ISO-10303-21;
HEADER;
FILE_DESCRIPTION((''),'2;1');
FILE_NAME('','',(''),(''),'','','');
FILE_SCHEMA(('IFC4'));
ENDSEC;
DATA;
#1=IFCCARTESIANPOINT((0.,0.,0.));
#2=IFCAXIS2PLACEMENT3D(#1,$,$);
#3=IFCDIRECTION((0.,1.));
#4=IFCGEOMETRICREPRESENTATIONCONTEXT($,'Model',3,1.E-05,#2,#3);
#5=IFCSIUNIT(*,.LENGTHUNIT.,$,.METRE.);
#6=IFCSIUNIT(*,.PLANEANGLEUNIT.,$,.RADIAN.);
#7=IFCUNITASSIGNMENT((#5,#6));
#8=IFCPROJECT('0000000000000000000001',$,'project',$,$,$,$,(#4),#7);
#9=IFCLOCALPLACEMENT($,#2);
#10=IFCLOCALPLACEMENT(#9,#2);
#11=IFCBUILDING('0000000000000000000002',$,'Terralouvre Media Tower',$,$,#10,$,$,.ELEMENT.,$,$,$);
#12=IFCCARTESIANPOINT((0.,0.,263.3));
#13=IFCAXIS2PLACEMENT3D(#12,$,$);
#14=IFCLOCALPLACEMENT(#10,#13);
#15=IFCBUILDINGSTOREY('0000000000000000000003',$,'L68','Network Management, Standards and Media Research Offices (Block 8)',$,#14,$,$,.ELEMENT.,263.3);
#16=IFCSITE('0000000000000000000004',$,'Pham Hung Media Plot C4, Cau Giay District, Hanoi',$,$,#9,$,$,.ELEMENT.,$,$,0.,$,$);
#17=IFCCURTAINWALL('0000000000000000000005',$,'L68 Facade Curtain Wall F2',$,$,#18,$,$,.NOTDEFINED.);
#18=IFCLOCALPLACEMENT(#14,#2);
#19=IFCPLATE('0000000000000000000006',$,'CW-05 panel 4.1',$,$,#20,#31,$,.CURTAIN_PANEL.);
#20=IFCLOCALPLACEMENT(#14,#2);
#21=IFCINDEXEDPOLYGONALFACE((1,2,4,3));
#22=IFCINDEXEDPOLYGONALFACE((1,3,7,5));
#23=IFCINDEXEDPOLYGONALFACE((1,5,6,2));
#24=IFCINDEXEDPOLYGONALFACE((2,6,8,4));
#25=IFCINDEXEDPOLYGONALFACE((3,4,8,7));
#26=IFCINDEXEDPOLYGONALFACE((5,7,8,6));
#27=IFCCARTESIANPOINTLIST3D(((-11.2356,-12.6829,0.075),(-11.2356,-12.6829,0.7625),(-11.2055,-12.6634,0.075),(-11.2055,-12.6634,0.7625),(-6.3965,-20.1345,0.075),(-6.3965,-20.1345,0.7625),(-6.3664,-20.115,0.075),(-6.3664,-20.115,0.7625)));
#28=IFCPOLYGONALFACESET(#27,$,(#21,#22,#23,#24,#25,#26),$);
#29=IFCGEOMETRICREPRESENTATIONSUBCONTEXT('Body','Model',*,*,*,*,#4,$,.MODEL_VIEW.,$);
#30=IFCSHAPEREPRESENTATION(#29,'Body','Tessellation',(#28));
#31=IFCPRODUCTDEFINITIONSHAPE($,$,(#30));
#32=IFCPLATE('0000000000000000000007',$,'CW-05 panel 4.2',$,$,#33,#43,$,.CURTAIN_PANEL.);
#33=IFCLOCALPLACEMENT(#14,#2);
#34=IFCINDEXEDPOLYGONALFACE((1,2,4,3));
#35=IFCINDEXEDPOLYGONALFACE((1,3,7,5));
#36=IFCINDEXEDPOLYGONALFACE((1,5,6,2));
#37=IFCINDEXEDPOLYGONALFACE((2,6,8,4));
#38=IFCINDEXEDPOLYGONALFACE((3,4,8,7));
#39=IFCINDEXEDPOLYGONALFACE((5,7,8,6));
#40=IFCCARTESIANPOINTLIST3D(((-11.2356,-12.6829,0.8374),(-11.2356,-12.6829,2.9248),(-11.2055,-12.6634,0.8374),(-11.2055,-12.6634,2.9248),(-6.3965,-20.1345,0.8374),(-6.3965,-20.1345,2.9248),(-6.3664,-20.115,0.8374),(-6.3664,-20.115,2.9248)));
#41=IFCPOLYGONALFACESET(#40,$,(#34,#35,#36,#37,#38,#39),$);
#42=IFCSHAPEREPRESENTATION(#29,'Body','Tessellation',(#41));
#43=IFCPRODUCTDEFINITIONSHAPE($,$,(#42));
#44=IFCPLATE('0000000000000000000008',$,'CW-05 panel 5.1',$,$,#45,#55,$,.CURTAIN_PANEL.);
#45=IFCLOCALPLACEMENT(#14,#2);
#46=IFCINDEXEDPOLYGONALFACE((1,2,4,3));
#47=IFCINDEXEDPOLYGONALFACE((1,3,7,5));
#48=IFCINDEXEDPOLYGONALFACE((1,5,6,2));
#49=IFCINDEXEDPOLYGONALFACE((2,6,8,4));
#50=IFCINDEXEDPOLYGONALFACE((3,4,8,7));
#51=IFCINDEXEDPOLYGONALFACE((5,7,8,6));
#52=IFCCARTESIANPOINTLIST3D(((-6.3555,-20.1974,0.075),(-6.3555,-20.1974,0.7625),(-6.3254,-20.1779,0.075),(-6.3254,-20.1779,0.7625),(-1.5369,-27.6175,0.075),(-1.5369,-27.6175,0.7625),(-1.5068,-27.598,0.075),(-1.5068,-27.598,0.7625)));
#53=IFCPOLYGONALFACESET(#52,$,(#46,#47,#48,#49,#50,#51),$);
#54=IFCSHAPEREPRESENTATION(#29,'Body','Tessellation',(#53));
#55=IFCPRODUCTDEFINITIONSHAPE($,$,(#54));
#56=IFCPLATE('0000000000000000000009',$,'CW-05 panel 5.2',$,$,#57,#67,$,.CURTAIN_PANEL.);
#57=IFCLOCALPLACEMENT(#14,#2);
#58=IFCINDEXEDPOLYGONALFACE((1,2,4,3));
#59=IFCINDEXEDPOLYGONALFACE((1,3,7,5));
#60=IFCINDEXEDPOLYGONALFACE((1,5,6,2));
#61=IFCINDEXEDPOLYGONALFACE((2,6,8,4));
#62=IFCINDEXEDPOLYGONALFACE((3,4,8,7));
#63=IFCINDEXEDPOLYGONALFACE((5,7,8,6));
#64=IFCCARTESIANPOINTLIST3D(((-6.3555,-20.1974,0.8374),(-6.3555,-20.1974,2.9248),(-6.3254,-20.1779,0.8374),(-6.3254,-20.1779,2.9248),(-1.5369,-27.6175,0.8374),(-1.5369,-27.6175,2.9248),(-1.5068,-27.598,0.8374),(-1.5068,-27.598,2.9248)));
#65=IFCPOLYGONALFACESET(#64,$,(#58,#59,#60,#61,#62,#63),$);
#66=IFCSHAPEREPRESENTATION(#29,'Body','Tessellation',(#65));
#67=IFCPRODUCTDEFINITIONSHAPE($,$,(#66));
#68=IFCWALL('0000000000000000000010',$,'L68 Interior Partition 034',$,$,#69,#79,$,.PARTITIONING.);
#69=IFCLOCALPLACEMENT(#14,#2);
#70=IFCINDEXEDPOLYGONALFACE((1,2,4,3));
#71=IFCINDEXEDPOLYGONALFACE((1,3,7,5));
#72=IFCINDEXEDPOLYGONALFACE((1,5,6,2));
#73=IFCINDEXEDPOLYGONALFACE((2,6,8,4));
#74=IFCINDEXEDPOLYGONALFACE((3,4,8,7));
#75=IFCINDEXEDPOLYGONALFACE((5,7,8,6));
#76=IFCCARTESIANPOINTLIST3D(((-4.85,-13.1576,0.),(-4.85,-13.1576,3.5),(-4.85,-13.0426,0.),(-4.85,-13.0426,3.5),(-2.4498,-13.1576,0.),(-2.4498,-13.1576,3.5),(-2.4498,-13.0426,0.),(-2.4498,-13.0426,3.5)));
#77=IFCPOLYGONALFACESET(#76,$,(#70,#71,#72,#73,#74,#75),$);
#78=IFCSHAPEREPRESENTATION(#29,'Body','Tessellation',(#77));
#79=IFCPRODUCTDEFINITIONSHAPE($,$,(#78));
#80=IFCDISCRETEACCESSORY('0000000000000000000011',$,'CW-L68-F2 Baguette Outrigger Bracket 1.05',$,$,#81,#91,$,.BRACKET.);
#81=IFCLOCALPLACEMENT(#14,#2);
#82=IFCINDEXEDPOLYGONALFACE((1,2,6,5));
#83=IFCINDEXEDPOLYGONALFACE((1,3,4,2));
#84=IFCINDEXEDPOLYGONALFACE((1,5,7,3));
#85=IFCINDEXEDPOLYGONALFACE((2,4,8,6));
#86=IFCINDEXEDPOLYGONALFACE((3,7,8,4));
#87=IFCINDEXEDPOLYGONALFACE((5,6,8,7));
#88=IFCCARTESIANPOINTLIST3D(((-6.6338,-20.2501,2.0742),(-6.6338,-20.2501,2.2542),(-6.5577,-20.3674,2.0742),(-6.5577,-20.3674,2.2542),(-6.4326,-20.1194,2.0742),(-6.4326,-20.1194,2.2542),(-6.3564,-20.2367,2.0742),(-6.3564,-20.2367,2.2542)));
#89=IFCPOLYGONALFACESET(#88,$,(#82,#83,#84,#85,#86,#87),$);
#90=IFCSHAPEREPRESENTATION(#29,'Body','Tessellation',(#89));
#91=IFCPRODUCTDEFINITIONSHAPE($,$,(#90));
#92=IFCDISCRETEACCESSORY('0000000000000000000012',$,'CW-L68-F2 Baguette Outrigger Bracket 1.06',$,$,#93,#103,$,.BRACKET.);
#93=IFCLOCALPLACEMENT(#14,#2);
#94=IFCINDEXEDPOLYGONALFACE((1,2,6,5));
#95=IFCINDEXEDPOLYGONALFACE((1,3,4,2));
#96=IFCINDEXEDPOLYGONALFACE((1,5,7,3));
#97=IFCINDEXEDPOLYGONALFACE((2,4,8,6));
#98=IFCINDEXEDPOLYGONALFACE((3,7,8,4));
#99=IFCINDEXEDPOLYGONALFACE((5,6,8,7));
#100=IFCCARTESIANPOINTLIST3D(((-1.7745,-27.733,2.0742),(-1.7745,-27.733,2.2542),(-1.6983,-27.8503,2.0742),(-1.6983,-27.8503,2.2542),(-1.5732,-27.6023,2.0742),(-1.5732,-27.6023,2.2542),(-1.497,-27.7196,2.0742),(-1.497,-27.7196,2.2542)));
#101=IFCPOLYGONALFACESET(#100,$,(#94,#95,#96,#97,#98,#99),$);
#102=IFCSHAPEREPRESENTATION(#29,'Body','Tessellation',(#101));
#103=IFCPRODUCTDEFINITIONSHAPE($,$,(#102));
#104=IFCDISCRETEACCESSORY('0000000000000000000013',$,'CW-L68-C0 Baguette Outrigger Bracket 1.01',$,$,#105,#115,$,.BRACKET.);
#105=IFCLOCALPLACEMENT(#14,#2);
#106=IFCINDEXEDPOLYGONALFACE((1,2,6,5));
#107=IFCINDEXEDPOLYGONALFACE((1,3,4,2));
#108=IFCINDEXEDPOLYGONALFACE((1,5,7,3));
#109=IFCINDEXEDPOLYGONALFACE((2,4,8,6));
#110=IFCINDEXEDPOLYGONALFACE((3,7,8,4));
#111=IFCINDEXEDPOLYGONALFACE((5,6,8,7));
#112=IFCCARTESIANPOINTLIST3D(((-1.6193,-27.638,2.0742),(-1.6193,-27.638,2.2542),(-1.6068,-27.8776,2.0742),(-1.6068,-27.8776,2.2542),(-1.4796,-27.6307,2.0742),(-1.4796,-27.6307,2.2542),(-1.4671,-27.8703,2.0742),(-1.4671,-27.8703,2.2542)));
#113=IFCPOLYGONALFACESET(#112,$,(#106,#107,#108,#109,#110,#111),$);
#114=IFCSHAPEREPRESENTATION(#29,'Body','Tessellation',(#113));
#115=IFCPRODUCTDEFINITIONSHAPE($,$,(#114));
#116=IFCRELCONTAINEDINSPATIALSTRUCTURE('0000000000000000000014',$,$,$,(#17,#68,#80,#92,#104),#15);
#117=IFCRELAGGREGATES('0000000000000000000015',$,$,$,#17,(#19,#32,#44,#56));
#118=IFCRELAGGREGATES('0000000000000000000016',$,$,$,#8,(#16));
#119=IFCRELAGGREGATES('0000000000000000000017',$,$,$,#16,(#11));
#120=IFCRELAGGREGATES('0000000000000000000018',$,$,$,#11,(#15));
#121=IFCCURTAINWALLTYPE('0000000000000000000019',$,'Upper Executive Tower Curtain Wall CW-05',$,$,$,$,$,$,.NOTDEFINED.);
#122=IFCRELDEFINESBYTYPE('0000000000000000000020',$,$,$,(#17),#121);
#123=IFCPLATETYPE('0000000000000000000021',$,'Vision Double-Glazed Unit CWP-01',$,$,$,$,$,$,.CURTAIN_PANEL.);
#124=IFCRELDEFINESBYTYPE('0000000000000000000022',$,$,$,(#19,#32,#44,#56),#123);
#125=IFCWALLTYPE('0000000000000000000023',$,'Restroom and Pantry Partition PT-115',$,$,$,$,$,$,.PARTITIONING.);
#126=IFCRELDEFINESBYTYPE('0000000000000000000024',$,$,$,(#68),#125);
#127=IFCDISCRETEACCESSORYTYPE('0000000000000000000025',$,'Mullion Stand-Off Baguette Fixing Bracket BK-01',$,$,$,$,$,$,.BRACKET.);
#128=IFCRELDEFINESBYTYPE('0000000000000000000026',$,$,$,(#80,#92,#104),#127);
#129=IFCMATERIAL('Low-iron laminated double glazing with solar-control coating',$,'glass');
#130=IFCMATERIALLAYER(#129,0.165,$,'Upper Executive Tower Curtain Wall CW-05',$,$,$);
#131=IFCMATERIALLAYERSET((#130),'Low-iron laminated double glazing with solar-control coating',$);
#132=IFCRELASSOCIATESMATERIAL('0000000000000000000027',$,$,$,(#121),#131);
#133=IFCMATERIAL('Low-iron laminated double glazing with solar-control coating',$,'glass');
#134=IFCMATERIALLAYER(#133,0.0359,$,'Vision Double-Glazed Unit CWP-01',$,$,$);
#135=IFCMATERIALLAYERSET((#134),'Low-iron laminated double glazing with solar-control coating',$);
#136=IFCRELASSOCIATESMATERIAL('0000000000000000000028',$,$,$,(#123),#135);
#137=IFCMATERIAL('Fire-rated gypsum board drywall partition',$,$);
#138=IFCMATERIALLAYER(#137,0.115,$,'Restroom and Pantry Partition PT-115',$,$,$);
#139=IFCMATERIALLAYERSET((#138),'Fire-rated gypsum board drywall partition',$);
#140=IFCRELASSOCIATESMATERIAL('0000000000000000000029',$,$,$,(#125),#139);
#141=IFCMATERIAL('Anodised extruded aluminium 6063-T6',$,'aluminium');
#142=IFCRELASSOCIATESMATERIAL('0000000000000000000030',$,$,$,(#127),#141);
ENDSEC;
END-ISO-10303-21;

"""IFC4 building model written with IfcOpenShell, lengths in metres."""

from ifc_helpers import new_model, si_unit, direction, frame, frame_2d, origin, origin_2d, place, context, subcontext, project, spatial, rectangle, extrude, material, layer, layer_set, type_object, element, aggregate, save


model = new_model("IFC4")

# Units and contexts
model_context = context("Model", 3, precision=1e-05, world=origin(), true_north=direction((0.0, 1.0)))
body_context = subcontext(model_context, "Body", "Model", "MODEL_VIEW")
ifc_project = project(units=[si_unit("LENGTHUNIT", "METRE"), si_unit("PLANEANGLEUNIT", "RADIAN")], contexts=[model_context])

# Site, building, storey
site_placement = place(None, origin())
site = spatial("IfcSite", under=ifc_project, at=site_placement, Name="Pham Hung Media Plot C4, Cau Giay District, Hanoi", CompositionType="ELEMENT", RefElevation=0.0)
building_placement = place(site_placement, origin())
building = spatial("IfcBuilding", under=site, at=building_placement, Name="Terralouvre Media Tower", CompositionType="ELEMENT")
storey_placement = place(building_placement, frame((0.0, 0.0, 263.3)))
storey = spatial("IfcBuildingStorey", under=building, at=storey_placement, Name="L68", Description="Network Management, Standards and Media Research Offices (Block 8)", CompositionType="ELEMENT", Elevation=263.3)

# Curtain wall
ifc_material_1 = material(Name="Low-iron laminated double glazing with solar-control coating", Category="glass")
ifc_layer_1 = layer(ifc_material_1, 0.165, Name="Upper Executive Tower Curtain Wall CW-05")
ifc_layer_set_1 = layer_set([ifc_layer_1], Name="Low-iron laminated double glazing with solar-control coating")
curtain_wall_type_1 = type_object("IfcCurtainWallType", Name="Upper Executive Tower Curtain Wall CW-05", PredefinedType="NOTDEFINED", material=ifc_layer_set_1)
curtain_wall_1_placement = place(storey_placement, origin())
curtain_wall_1 = element("IfcCurtainWall", 1, at=curtain_wall_1_placement, inside=storey, type_object=curtain_wall_type_1, Name="L68 Facade Curtain Wall F2", PredefinedType="NOTDEFINED")

# Plates
ifc_material_2 = material(Name="Low-iron laminated double glazing with solar-control coating", Category="glass")
ifc_layer_2 = layer(ifc_material_2, 0.0359, Name="Vision Double-Glazed Unit CWP-01")
ifc_layer_set_2 = layer_set([ifc_layer_2], Name="Low-iron laminated double glazing with solar-control coating")
plate_type = type_object("IfcPlateType", Name="Vision Double-Glazed Unit CWP-01", PredefinedType="CURTAIN_PANEL", material=ifc_layer_set_2)
plate_1_placement = place(storey_placement, frame((-8.801, -16.3989, 0.075), z_axis=(0.0, 0.0, 1.0), x_axis=(0.544639, -0.838671, 0.0)))
plate_1 = element("IfcPlate", 2, at=plate_1_placement, type_object=plate_type, Name="CW-05 panel 4.1", PredefinedType="CURTAIN_PANEL", context=body_context, shape_type="SweptSolid", body=[
    extrude(rectangle(XDim=8.885, YDim=0.0359, at=origin_2d()), origin(), (0.0, 0.0, 1.0), 0.6875),
])
plate_2_placement = place(storey_placement, frame((-8.801, -16.3989, 0.8374), z_axis=(0.0, 0.0, 1.0), x_axis=(0.544639, -0.838671, 0.0)))
plate_2 = element("IfcPlate", 3, at=plate_2_placement, type_object=plate_type, Name="CW-05 panel 4.2", PredefinedType="CURTAIN_PANEL", context=body_context, shape_type="SweptSolid", body=[
    extrude(rectangle(XDim=8.885, YDim=0.0359, at=origin_2d()), origin(), (0.0, 0.0, 1.0), 2.0874),
])
plate_3_placement = place(storey_placement, frame((-3.9312, -23.8977, 0.075), z_axis=(0.0, 0.0, 1.0), x_axis=(0.544639, -0.838671, 0.0)))
plate_3 = element("IfcPlate", 4, at=plate_3_placement, type_object=plate_type, Name="CW-05 panel 5.1", PredefinedType="CURTAIN_PANEL", context=body_context, shape_type="SweptSolid", body=[
    extrude(rectangle(XDim=8.8474, YDim=0.0359, at=origin_2d()), origin(), (0.0, 0.0, 1.0), 0.6875),
])
plate_4_placement = place(storey_placement, frame((-3.9312, -23.8977, 0.8374), z_axis=(0.0, 0.0, 1.0), x_axis=(0.544639, -0.838671, 0.0)))
plate_4 = element("IfcPlate", 5, at=plate_4_placement, type_object=plate_type, Name="CW-05 panel 5.2", PredefinedType="CURTAIN_PANEL", context=body_context, shape_type="SweptSolid", body=[
    extrude(rectangle(XDim=8.8474, YDim=0.0359, at=origin_2d()), origin(), (0.0, 0.0, 1.0), 2.0874),
])
aggregate(curtain_wall_1, [plate_1, plate_2, plate_3, plate_4])

# Wall
ifc_material_3 = material(Name="Fire-rated gypsum board drywall partition")
ifc_layer_3 = layer(ifc_material_3, 0.115, Name="Restroom and Pantry Partition PT-115")
ifc_layer_set_3 = layer_set([ifc_layer_3], Name="Fire-rated gypsum board drywall partition")
wall_type = type_object("IfcWallType", Name="Restroom and Pantry Partition PT-115", PredefinedType="PARTITIONING", material=ifc_layer_set_3)
wall_placement = place(storey_placement, frame((-4.8501, -13.1001, 0.0), z_axis=(0.0, 0.0, 1.0), x_axis=(1.0, 0.0, 0.0)))
element("IfcWall", 6, at=wall_placement, inside=storey, type_object=wall_type, Name="L68 Interior Partition 034", PredefinedType="PARTITIONING", context=body_context, shape_type="SweptSolid", body=[
    extrude(rectangle(XDim=2.4001, YDim=0.115, at=frame_2d((1.2002, 0.0))), origin(), (0.0, 0.0, 1.0), 3.5),
])

# Discrete accessories
ifc_material_4 = material(Name="Anodised extruded aluminium 6063-T6", Category="aluminium")
discrete_accessory_type = type_object("IfcDiscreteAccessoryType", Name="Mullion Stand-Off Baguette Fixing Bracket BK-01", PredefinedType="BRACKET", material=ifc_material_4)
for number, where, z_axis, x_axis, name in (
    (7, (-6.4951, -20.2434, 2.0742), (0.0, 0.0, 1.0), (0.544639, -0.838671, 0.0), "CW-L68-F2 Baguette Outrigger Bracket 1.05"),
    (8, (-1.6357, -27.7263, 2.0742), (0.0, 0.0, 1.0), (0.544639, -0.838671, 0.0), "CW-L68-F2 Baguette Outrigger Bracket 1.06"),
    (9, (-1.5432, -27.7542, 2.0742), (0.0, 0.0, 1.0), (0.99863, 0.052336, 0.0), "CW-L68-C0 Baguette Outrigger Bracket 1.01"),
):
    element("IfcDiscreteAccessory", number, at=place(storey_placement, frame(where, z_axis=z_axis, x_axis=x_axis)), inside=storey, type_object=discrete_accessory_type, Name=name, PredefinedType="BRACKET", context=body_context, shape_type="SweptSolid", body=[
        extrude(rectangle(XDim=0.1399, YDim=0.24, at=origin_2d()), origin(), (0.0, 0.0, 1.0), 0.1799),
    ])

save(model, "model.ifc")
